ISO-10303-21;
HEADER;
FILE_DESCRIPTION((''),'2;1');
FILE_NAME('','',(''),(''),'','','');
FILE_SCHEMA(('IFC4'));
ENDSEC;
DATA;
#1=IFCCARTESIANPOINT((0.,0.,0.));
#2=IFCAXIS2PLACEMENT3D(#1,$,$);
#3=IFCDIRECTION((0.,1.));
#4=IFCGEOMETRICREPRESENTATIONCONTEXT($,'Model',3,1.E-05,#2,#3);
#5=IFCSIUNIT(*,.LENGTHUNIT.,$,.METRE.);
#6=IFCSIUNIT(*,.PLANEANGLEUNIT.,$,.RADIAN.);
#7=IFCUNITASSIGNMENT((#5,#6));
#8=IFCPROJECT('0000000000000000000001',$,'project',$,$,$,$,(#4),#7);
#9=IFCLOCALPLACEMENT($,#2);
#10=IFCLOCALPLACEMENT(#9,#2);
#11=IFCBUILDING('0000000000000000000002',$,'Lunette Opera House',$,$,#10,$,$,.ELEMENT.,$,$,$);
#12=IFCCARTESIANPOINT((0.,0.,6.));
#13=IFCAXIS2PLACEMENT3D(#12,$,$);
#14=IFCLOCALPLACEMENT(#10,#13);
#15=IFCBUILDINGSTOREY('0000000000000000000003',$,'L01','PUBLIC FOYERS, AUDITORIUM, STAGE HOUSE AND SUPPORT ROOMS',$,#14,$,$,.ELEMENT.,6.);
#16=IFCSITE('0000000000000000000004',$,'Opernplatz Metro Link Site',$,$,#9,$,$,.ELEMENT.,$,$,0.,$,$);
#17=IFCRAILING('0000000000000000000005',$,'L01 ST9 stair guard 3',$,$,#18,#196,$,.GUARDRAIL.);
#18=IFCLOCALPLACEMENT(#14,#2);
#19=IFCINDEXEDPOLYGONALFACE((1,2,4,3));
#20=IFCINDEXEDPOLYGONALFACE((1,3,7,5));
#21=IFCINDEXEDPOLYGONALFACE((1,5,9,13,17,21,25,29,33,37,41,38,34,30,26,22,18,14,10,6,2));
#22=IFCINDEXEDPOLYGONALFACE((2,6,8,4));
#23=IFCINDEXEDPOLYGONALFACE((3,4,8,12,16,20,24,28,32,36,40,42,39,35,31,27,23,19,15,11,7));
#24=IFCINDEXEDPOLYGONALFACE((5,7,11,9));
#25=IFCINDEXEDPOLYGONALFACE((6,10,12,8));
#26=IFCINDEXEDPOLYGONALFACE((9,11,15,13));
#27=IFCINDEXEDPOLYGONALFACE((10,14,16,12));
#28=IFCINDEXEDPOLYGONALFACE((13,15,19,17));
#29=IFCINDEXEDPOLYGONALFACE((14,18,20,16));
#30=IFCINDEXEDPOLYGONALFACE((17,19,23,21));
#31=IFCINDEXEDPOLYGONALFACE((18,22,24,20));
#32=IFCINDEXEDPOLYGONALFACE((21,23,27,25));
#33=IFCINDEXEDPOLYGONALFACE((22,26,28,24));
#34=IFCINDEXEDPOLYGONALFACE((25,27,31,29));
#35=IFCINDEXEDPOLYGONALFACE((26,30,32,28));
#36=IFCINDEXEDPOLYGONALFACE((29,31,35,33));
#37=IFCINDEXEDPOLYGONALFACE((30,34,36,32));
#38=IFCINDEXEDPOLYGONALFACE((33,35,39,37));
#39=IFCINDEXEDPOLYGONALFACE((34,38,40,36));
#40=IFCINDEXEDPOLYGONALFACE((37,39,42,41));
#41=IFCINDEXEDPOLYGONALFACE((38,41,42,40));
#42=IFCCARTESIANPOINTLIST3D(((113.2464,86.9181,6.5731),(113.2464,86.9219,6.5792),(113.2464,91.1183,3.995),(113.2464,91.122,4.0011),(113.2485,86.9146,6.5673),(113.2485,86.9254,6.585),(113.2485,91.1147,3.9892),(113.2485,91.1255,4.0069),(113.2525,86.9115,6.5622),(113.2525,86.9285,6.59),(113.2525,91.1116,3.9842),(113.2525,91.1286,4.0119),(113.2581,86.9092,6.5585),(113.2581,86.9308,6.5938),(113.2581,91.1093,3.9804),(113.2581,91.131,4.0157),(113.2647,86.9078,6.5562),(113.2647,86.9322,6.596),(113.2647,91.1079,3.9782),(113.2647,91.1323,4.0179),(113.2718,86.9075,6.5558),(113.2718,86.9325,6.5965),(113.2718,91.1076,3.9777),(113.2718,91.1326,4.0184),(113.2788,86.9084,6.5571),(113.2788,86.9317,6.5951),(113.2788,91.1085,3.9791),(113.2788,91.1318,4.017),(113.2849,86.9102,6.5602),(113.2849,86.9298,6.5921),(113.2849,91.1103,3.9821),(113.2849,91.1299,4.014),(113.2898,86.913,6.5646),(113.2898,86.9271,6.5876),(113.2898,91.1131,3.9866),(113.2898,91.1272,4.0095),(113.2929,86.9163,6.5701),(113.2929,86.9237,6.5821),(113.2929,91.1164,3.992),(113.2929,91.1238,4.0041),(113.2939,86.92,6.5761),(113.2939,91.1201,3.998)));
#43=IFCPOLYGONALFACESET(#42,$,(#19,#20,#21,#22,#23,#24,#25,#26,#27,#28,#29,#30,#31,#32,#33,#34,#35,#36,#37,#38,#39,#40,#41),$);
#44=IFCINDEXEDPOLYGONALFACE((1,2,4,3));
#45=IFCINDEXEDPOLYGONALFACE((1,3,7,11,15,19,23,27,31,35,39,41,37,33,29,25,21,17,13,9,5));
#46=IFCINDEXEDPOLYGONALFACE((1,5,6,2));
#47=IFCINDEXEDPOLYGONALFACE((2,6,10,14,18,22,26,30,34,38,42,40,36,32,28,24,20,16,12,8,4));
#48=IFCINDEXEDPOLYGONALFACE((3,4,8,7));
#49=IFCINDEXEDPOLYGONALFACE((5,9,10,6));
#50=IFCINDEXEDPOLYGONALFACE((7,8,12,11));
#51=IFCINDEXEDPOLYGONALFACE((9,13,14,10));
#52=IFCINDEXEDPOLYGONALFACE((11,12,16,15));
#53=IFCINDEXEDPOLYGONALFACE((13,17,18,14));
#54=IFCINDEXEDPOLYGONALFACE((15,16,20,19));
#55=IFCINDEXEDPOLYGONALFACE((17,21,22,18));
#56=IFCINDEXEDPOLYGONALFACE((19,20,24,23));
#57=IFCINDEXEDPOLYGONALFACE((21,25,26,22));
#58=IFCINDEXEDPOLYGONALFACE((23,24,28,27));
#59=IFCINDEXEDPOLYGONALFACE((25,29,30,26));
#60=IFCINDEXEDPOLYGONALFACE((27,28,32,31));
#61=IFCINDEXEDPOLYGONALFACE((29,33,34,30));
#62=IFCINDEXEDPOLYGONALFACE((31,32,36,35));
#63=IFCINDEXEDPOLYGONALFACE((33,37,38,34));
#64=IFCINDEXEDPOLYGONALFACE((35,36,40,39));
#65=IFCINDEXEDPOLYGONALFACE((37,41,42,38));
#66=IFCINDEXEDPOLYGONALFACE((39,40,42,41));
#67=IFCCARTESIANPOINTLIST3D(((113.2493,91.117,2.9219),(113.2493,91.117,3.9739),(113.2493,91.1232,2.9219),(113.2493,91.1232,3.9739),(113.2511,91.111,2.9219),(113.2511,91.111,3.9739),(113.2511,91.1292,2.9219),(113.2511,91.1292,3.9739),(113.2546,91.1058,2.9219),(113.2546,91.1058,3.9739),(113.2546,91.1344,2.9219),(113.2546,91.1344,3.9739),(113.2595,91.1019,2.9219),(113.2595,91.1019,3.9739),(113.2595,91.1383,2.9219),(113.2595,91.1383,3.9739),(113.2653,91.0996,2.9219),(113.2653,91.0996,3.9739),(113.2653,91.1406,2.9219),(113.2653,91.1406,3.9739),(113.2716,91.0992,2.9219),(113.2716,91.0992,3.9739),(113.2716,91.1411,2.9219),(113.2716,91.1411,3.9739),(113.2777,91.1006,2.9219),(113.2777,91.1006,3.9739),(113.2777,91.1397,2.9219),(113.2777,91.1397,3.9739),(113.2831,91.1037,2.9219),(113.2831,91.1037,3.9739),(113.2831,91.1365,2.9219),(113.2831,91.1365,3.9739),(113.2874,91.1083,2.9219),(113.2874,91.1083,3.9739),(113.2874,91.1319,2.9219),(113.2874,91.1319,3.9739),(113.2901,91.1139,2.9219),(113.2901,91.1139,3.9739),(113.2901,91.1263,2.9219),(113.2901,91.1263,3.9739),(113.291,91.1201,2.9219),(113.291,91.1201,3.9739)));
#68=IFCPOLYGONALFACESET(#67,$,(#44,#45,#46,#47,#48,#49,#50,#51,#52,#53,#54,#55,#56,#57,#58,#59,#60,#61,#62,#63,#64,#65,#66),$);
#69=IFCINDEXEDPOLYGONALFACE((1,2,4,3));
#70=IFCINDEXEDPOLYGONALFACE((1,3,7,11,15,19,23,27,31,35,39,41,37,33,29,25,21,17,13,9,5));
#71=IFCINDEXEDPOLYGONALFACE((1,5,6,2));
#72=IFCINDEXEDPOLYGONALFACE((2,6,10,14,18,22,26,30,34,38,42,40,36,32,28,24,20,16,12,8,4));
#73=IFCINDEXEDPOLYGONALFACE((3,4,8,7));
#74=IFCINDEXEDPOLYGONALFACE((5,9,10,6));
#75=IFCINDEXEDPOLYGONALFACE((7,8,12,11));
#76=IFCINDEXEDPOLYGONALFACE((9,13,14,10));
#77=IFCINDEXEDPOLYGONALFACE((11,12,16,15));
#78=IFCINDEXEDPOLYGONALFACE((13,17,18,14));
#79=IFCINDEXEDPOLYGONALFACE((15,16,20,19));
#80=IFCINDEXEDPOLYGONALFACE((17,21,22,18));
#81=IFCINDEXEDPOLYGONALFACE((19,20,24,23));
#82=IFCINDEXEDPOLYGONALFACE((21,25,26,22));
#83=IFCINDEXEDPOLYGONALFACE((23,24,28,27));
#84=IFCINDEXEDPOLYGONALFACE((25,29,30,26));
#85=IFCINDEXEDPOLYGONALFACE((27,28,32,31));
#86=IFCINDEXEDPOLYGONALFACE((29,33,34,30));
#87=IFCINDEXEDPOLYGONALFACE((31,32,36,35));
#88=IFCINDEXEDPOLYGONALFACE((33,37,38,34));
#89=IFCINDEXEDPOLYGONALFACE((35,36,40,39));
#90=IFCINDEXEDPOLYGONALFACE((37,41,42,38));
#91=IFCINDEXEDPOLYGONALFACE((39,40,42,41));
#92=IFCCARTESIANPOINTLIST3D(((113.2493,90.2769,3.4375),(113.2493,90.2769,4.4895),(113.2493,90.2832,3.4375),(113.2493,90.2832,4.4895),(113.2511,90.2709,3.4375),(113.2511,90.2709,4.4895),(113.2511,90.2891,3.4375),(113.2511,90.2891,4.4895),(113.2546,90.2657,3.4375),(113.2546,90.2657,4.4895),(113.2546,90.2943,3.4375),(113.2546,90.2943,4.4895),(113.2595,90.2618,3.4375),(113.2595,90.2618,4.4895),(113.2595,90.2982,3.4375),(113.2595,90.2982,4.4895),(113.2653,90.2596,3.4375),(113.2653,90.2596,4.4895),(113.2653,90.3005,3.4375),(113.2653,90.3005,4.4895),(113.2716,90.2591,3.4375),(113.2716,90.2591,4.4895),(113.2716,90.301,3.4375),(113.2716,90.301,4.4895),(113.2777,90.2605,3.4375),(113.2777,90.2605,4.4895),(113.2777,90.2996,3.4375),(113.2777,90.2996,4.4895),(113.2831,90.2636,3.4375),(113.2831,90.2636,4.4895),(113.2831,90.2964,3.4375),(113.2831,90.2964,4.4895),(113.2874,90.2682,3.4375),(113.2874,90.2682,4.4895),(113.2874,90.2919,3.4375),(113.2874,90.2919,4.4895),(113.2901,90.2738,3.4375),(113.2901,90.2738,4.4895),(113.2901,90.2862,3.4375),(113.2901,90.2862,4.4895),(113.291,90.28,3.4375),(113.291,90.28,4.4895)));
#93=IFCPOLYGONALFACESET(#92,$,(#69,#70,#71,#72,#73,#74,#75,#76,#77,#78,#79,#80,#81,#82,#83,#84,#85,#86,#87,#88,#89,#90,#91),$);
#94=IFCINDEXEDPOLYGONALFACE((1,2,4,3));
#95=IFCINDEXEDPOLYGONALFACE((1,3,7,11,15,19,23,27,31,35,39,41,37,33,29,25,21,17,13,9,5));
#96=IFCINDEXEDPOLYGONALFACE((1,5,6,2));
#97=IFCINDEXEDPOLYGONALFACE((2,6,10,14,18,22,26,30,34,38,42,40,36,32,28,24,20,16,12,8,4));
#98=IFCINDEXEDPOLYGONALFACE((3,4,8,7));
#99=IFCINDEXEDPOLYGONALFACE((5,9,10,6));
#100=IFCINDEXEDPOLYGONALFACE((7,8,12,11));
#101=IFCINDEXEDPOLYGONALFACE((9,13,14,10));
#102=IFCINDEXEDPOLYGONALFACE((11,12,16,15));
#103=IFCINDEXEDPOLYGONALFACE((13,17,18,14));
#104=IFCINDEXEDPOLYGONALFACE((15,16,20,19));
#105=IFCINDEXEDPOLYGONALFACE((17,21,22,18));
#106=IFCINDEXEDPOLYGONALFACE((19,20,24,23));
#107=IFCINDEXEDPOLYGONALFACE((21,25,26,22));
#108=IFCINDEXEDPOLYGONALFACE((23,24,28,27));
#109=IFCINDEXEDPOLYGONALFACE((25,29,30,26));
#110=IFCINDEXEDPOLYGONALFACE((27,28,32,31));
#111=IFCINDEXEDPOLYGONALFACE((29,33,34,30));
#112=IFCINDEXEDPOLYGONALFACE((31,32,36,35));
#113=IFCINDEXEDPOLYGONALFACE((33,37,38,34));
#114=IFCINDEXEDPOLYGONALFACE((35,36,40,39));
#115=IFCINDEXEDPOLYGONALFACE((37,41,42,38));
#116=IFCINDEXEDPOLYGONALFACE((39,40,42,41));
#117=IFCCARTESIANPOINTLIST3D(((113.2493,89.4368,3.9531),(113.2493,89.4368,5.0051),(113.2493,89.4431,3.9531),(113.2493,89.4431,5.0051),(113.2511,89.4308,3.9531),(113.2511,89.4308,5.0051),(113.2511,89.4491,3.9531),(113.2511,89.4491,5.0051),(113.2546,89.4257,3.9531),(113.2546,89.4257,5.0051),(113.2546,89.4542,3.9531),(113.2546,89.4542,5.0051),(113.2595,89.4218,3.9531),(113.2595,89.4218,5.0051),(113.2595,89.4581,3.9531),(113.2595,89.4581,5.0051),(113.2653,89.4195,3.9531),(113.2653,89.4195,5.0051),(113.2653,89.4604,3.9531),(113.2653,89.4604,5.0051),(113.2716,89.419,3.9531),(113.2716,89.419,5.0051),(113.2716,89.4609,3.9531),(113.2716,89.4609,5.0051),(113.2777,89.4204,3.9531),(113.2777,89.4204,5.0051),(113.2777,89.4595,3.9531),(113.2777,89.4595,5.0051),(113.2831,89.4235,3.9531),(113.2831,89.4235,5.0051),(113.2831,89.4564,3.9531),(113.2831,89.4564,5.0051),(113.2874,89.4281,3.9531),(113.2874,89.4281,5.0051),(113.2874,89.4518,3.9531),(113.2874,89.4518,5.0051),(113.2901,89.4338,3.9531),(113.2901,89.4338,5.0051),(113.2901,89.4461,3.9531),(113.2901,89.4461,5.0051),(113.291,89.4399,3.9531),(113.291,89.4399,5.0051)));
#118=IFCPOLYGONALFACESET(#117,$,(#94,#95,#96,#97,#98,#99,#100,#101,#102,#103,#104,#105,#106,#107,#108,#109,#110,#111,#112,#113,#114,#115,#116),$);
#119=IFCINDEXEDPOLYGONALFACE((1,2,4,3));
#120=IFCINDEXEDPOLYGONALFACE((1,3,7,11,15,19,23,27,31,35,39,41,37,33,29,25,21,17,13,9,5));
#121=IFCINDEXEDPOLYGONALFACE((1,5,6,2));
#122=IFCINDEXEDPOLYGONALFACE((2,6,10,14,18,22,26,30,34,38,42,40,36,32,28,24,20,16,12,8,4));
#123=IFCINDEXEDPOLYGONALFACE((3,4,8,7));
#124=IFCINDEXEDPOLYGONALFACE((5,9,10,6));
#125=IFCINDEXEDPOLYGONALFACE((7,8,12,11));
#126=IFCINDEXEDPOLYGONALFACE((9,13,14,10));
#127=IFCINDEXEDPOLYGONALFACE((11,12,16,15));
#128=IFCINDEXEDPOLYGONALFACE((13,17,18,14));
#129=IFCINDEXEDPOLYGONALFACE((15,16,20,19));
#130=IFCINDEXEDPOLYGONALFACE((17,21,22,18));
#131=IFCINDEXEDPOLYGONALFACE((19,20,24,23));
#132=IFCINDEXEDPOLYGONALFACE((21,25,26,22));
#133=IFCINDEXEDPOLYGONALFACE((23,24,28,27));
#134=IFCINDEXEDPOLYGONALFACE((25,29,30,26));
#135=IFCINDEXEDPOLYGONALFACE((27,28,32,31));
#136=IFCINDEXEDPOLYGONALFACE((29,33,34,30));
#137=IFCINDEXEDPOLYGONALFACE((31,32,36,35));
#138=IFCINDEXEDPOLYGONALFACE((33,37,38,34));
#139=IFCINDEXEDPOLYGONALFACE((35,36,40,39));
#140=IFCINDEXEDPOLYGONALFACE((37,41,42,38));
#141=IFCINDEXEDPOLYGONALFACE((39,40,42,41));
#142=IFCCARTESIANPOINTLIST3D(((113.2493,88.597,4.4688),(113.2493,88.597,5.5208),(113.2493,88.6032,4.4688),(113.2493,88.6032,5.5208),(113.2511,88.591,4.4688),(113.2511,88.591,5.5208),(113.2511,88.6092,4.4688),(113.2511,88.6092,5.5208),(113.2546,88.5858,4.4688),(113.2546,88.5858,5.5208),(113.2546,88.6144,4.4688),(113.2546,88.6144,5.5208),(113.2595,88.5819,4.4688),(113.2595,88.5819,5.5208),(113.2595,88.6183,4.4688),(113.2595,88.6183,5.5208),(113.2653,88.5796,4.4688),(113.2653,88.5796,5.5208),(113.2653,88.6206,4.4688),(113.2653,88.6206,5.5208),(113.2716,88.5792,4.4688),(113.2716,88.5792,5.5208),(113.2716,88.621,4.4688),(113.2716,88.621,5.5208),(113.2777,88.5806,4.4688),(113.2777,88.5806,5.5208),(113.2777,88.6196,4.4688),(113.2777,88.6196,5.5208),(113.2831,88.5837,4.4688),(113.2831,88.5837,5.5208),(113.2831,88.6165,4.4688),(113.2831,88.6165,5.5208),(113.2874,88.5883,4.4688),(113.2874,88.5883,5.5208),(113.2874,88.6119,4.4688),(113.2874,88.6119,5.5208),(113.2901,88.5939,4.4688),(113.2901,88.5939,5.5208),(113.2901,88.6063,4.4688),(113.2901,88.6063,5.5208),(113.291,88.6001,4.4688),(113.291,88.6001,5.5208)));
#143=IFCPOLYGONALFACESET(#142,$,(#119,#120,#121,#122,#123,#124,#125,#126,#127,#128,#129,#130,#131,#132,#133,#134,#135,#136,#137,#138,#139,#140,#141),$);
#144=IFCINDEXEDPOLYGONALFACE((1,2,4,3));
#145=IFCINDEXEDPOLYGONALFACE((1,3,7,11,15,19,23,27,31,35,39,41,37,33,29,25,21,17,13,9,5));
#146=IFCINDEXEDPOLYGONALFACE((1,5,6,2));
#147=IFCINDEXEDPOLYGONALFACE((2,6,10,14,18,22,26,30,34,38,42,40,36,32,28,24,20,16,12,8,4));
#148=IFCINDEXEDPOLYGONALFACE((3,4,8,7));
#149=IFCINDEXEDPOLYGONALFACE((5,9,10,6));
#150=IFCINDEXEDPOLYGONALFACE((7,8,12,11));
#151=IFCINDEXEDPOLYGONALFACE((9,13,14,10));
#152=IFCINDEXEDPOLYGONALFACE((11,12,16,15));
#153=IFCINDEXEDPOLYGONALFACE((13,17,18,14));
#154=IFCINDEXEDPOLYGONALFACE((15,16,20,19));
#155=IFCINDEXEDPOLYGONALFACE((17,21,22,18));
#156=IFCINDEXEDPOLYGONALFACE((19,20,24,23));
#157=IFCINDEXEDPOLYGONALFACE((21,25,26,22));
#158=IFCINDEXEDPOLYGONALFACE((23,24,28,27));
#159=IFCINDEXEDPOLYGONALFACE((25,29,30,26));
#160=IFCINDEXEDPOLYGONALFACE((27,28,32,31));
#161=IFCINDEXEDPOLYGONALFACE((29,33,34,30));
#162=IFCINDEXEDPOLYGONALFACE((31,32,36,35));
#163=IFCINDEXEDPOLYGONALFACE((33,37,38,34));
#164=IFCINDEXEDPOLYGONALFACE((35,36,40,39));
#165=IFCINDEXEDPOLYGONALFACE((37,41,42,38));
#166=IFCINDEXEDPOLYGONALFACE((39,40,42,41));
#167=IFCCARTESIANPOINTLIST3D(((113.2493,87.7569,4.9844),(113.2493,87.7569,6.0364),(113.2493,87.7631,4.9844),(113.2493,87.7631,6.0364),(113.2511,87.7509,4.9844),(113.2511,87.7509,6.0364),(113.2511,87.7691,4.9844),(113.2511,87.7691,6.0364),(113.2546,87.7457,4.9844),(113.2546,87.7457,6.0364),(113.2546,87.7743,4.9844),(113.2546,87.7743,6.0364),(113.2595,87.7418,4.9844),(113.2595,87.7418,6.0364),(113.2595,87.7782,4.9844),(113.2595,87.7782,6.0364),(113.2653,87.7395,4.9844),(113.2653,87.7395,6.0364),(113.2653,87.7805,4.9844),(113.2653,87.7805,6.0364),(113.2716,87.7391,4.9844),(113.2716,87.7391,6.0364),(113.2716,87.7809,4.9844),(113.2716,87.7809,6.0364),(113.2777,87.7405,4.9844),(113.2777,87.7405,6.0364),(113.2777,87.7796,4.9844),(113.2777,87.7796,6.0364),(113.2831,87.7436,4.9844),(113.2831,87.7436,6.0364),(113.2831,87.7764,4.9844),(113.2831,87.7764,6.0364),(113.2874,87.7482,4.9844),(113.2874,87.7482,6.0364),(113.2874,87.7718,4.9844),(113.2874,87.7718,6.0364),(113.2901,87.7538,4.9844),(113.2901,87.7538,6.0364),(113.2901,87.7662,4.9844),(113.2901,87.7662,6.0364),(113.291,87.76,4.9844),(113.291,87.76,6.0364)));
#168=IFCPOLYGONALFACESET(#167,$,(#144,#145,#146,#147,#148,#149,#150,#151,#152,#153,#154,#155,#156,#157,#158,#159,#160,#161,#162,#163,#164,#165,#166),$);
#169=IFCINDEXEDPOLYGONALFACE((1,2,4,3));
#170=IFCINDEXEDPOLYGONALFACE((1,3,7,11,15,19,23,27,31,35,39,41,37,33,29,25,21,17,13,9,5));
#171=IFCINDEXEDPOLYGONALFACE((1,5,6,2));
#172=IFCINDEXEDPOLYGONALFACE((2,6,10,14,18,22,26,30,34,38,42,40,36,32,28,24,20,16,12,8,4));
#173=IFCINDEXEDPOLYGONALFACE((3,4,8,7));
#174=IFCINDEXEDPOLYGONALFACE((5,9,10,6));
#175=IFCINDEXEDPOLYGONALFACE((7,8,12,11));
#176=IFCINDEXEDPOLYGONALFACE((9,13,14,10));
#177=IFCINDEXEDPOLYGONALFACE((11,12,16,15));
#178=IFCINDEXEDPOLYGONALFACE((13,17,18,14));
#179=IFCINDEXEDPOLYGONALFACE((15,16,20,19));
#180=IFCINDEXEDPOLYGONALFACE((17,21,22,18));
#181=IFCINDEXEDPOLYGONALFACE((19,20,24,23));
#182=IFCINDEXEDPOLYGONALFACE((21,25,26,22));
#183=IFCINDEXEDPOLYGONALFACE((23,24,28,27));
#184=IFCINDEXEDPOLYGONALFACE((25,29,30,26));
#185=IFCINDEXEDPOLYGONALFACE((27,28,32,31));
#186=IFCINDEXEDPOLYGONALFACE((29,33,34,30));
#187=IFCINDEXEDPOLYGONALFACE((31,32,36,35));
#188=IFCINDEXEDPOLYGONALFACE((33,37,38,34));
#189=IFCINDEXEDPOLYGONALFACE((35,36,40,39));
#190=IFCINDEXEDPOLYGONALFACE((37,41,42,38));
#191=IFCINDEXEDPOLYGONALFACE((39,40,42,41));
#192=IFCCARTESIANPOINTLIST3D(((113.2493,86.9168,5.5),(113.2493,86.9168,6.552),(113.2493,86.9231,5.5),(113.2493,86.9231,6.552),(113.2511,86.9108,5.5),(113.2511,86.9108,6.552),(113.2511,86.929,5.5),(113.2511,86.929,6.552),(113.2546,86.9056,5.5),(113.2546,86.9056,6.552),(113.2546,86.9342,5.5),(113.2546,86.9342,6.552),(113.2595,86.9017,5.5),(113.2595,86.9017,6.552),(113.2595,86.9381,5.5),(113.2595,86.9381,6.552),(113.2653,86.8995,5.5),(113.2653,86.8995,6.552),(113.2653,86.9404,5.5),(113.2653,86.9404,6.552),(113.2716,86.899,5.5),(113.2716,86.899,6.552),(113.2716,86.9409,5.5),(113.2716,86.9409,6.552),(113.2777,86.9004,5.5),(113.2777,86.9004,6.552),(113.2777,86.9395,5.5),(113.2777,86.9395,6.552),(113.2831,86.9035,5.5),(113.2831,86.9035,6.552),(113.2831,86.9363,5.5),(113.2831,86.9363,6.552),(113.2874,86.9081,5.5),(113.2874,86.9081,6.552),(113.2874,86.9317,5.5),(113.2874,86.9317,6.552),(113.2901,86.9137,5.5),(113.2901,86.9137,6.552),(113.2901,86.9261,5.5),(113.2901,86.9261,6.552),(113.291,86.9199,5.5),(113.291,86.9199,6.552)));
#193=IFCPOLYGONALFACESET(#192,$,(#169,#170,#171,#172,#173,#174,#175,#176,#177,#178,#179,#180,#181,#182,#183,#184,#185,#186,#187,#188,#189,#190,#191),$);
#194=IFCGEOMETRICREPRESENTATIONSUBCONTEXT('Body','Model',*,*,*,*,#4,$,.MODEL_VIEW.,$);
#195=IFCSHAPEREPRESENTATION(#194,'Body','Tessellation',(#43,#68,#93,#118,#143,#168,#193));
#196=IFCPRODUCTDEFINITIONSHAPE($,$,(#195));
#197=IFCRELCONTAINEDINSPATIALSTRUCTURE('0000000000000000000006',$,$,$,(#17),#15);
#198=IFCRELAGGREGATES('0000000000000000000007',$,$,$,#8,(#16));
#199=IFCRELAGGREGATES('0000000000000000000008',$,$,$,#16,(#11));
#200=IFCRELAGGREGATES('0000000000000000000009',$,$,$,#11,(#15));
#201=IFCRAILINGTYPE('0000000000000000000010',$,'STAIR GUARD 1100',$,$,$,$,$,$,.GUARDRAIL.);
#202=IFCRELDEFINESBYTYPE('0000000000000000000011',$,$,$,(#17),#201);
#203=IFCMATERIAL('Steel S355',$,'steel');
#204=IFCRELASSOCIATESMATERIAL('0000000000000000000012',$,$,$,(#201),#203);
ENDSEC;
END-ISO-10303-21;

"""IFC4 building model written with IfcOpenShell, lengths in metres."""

from ifc_helpers import new_model, si_unit, direction, frame, origin, origin_2d, place, context, subcontext, project, spatial, circle, extrude, material, type_object, element, save


model = new_model("IFC4")

# Units and contexts
model_context = context("Model", 3, precision=1e-05, world=origin(), true_north=direction((0.0, 1.0)))
body_context = subcontext(model_context, "Body", "Model", "MODEL_VIEW")
ifc_project = project(units=[si_unit("LENGTHUNIT", "METRE"), si_unit("PLANEANGLEUNIT", "RADIAN")], contexts=[model_context])

# Site, building, storey
site_placement = place(None, origin())
site = spatial("IfcSite", under=ifc_project, at=site_placement, Name="Opernplatz Metro Link Site", CompositionType="ELEMENT", RefElevation=0.0)
building_placement = place(site_placement, origin())
building = spatial("IfcBuilding", under=site, at=building_placement, Name="Lunette Opera House", CompositionType="ELEMENT")
storey_placement = place(building_placement, frame((0.0, 0.0, 6.0)))
storey = spatial("IfcBuildingStorey", under=building, at=storey_placement, Name="L01", Description="PUBLIC FOYERS, AUDITORIUM, STAGE HOUSE AND SUPPORT ROOMS", CompositionType="ELEMENT", Elevation=6.0)

# Railing
ifc_material_1 = material(Name="Steel S355", Category="steel")
railing_type_1 = type_object("IfcRailingType", Name="STAIR GUARD 1100", PredefinedType="GUARDRAIL", material=ifc_material_1)
railing_1_placement = place(storey_placement, frame((113.27, 91.1201, 2.9219)))
element("IfcRailing", 1, at=railing_1_placement, inside=storey, type_object=railing_type_1, Name="L01 ST9 stair guard 3", PredefinedType="GUARDRAIL", context=body_context, shape_type="SweptSolid", body=[
    extrude(circle(Radius=0.0239, at=origin_2d()), frame((0.0, 0.0, 1.0762), z_axis=(0.0, -0.852256, 0.523124), x_axis=(1.0, 0.0, 0.0)), (0.0, 0.0, 1.0), 4.9282),
    extrude(circle(Radius=0.021, at=origin_2d()), origin(), (0.0, 0.0, 1.0), 1.052),
    extrude(circle(Radius=0.021, at=origin_2d()), frame((0.0, -0.8401, 0.5156)), (0.0, 0.0, 1.0), 1.052),
    extrude(circle(Radius=0.021, at=origin_2d()), frame((0.0, -1.6802, 1.0312)), (0.0, 0.0, 1.0), 1.052),
    extrude(circle(Radius=0.021, at=origin_2d()), frame((0.0, -2.52, 1.5469)), (0.0, 0.0, 1.0), 1.052),
    extrude(circle(Radius=0.021, at=origin_2d()), frame((0.0, -3.3601, 2.0625)), (0.0, 0.0, 1.0), 1.052),
    extrude(circle(Radius=0.021, at=origin_2d()), frame((0.0, -4.2002, 2.5781)), (0.0, 0.0, 1.0), 1.052),
])

save(model, "model.ifc")
